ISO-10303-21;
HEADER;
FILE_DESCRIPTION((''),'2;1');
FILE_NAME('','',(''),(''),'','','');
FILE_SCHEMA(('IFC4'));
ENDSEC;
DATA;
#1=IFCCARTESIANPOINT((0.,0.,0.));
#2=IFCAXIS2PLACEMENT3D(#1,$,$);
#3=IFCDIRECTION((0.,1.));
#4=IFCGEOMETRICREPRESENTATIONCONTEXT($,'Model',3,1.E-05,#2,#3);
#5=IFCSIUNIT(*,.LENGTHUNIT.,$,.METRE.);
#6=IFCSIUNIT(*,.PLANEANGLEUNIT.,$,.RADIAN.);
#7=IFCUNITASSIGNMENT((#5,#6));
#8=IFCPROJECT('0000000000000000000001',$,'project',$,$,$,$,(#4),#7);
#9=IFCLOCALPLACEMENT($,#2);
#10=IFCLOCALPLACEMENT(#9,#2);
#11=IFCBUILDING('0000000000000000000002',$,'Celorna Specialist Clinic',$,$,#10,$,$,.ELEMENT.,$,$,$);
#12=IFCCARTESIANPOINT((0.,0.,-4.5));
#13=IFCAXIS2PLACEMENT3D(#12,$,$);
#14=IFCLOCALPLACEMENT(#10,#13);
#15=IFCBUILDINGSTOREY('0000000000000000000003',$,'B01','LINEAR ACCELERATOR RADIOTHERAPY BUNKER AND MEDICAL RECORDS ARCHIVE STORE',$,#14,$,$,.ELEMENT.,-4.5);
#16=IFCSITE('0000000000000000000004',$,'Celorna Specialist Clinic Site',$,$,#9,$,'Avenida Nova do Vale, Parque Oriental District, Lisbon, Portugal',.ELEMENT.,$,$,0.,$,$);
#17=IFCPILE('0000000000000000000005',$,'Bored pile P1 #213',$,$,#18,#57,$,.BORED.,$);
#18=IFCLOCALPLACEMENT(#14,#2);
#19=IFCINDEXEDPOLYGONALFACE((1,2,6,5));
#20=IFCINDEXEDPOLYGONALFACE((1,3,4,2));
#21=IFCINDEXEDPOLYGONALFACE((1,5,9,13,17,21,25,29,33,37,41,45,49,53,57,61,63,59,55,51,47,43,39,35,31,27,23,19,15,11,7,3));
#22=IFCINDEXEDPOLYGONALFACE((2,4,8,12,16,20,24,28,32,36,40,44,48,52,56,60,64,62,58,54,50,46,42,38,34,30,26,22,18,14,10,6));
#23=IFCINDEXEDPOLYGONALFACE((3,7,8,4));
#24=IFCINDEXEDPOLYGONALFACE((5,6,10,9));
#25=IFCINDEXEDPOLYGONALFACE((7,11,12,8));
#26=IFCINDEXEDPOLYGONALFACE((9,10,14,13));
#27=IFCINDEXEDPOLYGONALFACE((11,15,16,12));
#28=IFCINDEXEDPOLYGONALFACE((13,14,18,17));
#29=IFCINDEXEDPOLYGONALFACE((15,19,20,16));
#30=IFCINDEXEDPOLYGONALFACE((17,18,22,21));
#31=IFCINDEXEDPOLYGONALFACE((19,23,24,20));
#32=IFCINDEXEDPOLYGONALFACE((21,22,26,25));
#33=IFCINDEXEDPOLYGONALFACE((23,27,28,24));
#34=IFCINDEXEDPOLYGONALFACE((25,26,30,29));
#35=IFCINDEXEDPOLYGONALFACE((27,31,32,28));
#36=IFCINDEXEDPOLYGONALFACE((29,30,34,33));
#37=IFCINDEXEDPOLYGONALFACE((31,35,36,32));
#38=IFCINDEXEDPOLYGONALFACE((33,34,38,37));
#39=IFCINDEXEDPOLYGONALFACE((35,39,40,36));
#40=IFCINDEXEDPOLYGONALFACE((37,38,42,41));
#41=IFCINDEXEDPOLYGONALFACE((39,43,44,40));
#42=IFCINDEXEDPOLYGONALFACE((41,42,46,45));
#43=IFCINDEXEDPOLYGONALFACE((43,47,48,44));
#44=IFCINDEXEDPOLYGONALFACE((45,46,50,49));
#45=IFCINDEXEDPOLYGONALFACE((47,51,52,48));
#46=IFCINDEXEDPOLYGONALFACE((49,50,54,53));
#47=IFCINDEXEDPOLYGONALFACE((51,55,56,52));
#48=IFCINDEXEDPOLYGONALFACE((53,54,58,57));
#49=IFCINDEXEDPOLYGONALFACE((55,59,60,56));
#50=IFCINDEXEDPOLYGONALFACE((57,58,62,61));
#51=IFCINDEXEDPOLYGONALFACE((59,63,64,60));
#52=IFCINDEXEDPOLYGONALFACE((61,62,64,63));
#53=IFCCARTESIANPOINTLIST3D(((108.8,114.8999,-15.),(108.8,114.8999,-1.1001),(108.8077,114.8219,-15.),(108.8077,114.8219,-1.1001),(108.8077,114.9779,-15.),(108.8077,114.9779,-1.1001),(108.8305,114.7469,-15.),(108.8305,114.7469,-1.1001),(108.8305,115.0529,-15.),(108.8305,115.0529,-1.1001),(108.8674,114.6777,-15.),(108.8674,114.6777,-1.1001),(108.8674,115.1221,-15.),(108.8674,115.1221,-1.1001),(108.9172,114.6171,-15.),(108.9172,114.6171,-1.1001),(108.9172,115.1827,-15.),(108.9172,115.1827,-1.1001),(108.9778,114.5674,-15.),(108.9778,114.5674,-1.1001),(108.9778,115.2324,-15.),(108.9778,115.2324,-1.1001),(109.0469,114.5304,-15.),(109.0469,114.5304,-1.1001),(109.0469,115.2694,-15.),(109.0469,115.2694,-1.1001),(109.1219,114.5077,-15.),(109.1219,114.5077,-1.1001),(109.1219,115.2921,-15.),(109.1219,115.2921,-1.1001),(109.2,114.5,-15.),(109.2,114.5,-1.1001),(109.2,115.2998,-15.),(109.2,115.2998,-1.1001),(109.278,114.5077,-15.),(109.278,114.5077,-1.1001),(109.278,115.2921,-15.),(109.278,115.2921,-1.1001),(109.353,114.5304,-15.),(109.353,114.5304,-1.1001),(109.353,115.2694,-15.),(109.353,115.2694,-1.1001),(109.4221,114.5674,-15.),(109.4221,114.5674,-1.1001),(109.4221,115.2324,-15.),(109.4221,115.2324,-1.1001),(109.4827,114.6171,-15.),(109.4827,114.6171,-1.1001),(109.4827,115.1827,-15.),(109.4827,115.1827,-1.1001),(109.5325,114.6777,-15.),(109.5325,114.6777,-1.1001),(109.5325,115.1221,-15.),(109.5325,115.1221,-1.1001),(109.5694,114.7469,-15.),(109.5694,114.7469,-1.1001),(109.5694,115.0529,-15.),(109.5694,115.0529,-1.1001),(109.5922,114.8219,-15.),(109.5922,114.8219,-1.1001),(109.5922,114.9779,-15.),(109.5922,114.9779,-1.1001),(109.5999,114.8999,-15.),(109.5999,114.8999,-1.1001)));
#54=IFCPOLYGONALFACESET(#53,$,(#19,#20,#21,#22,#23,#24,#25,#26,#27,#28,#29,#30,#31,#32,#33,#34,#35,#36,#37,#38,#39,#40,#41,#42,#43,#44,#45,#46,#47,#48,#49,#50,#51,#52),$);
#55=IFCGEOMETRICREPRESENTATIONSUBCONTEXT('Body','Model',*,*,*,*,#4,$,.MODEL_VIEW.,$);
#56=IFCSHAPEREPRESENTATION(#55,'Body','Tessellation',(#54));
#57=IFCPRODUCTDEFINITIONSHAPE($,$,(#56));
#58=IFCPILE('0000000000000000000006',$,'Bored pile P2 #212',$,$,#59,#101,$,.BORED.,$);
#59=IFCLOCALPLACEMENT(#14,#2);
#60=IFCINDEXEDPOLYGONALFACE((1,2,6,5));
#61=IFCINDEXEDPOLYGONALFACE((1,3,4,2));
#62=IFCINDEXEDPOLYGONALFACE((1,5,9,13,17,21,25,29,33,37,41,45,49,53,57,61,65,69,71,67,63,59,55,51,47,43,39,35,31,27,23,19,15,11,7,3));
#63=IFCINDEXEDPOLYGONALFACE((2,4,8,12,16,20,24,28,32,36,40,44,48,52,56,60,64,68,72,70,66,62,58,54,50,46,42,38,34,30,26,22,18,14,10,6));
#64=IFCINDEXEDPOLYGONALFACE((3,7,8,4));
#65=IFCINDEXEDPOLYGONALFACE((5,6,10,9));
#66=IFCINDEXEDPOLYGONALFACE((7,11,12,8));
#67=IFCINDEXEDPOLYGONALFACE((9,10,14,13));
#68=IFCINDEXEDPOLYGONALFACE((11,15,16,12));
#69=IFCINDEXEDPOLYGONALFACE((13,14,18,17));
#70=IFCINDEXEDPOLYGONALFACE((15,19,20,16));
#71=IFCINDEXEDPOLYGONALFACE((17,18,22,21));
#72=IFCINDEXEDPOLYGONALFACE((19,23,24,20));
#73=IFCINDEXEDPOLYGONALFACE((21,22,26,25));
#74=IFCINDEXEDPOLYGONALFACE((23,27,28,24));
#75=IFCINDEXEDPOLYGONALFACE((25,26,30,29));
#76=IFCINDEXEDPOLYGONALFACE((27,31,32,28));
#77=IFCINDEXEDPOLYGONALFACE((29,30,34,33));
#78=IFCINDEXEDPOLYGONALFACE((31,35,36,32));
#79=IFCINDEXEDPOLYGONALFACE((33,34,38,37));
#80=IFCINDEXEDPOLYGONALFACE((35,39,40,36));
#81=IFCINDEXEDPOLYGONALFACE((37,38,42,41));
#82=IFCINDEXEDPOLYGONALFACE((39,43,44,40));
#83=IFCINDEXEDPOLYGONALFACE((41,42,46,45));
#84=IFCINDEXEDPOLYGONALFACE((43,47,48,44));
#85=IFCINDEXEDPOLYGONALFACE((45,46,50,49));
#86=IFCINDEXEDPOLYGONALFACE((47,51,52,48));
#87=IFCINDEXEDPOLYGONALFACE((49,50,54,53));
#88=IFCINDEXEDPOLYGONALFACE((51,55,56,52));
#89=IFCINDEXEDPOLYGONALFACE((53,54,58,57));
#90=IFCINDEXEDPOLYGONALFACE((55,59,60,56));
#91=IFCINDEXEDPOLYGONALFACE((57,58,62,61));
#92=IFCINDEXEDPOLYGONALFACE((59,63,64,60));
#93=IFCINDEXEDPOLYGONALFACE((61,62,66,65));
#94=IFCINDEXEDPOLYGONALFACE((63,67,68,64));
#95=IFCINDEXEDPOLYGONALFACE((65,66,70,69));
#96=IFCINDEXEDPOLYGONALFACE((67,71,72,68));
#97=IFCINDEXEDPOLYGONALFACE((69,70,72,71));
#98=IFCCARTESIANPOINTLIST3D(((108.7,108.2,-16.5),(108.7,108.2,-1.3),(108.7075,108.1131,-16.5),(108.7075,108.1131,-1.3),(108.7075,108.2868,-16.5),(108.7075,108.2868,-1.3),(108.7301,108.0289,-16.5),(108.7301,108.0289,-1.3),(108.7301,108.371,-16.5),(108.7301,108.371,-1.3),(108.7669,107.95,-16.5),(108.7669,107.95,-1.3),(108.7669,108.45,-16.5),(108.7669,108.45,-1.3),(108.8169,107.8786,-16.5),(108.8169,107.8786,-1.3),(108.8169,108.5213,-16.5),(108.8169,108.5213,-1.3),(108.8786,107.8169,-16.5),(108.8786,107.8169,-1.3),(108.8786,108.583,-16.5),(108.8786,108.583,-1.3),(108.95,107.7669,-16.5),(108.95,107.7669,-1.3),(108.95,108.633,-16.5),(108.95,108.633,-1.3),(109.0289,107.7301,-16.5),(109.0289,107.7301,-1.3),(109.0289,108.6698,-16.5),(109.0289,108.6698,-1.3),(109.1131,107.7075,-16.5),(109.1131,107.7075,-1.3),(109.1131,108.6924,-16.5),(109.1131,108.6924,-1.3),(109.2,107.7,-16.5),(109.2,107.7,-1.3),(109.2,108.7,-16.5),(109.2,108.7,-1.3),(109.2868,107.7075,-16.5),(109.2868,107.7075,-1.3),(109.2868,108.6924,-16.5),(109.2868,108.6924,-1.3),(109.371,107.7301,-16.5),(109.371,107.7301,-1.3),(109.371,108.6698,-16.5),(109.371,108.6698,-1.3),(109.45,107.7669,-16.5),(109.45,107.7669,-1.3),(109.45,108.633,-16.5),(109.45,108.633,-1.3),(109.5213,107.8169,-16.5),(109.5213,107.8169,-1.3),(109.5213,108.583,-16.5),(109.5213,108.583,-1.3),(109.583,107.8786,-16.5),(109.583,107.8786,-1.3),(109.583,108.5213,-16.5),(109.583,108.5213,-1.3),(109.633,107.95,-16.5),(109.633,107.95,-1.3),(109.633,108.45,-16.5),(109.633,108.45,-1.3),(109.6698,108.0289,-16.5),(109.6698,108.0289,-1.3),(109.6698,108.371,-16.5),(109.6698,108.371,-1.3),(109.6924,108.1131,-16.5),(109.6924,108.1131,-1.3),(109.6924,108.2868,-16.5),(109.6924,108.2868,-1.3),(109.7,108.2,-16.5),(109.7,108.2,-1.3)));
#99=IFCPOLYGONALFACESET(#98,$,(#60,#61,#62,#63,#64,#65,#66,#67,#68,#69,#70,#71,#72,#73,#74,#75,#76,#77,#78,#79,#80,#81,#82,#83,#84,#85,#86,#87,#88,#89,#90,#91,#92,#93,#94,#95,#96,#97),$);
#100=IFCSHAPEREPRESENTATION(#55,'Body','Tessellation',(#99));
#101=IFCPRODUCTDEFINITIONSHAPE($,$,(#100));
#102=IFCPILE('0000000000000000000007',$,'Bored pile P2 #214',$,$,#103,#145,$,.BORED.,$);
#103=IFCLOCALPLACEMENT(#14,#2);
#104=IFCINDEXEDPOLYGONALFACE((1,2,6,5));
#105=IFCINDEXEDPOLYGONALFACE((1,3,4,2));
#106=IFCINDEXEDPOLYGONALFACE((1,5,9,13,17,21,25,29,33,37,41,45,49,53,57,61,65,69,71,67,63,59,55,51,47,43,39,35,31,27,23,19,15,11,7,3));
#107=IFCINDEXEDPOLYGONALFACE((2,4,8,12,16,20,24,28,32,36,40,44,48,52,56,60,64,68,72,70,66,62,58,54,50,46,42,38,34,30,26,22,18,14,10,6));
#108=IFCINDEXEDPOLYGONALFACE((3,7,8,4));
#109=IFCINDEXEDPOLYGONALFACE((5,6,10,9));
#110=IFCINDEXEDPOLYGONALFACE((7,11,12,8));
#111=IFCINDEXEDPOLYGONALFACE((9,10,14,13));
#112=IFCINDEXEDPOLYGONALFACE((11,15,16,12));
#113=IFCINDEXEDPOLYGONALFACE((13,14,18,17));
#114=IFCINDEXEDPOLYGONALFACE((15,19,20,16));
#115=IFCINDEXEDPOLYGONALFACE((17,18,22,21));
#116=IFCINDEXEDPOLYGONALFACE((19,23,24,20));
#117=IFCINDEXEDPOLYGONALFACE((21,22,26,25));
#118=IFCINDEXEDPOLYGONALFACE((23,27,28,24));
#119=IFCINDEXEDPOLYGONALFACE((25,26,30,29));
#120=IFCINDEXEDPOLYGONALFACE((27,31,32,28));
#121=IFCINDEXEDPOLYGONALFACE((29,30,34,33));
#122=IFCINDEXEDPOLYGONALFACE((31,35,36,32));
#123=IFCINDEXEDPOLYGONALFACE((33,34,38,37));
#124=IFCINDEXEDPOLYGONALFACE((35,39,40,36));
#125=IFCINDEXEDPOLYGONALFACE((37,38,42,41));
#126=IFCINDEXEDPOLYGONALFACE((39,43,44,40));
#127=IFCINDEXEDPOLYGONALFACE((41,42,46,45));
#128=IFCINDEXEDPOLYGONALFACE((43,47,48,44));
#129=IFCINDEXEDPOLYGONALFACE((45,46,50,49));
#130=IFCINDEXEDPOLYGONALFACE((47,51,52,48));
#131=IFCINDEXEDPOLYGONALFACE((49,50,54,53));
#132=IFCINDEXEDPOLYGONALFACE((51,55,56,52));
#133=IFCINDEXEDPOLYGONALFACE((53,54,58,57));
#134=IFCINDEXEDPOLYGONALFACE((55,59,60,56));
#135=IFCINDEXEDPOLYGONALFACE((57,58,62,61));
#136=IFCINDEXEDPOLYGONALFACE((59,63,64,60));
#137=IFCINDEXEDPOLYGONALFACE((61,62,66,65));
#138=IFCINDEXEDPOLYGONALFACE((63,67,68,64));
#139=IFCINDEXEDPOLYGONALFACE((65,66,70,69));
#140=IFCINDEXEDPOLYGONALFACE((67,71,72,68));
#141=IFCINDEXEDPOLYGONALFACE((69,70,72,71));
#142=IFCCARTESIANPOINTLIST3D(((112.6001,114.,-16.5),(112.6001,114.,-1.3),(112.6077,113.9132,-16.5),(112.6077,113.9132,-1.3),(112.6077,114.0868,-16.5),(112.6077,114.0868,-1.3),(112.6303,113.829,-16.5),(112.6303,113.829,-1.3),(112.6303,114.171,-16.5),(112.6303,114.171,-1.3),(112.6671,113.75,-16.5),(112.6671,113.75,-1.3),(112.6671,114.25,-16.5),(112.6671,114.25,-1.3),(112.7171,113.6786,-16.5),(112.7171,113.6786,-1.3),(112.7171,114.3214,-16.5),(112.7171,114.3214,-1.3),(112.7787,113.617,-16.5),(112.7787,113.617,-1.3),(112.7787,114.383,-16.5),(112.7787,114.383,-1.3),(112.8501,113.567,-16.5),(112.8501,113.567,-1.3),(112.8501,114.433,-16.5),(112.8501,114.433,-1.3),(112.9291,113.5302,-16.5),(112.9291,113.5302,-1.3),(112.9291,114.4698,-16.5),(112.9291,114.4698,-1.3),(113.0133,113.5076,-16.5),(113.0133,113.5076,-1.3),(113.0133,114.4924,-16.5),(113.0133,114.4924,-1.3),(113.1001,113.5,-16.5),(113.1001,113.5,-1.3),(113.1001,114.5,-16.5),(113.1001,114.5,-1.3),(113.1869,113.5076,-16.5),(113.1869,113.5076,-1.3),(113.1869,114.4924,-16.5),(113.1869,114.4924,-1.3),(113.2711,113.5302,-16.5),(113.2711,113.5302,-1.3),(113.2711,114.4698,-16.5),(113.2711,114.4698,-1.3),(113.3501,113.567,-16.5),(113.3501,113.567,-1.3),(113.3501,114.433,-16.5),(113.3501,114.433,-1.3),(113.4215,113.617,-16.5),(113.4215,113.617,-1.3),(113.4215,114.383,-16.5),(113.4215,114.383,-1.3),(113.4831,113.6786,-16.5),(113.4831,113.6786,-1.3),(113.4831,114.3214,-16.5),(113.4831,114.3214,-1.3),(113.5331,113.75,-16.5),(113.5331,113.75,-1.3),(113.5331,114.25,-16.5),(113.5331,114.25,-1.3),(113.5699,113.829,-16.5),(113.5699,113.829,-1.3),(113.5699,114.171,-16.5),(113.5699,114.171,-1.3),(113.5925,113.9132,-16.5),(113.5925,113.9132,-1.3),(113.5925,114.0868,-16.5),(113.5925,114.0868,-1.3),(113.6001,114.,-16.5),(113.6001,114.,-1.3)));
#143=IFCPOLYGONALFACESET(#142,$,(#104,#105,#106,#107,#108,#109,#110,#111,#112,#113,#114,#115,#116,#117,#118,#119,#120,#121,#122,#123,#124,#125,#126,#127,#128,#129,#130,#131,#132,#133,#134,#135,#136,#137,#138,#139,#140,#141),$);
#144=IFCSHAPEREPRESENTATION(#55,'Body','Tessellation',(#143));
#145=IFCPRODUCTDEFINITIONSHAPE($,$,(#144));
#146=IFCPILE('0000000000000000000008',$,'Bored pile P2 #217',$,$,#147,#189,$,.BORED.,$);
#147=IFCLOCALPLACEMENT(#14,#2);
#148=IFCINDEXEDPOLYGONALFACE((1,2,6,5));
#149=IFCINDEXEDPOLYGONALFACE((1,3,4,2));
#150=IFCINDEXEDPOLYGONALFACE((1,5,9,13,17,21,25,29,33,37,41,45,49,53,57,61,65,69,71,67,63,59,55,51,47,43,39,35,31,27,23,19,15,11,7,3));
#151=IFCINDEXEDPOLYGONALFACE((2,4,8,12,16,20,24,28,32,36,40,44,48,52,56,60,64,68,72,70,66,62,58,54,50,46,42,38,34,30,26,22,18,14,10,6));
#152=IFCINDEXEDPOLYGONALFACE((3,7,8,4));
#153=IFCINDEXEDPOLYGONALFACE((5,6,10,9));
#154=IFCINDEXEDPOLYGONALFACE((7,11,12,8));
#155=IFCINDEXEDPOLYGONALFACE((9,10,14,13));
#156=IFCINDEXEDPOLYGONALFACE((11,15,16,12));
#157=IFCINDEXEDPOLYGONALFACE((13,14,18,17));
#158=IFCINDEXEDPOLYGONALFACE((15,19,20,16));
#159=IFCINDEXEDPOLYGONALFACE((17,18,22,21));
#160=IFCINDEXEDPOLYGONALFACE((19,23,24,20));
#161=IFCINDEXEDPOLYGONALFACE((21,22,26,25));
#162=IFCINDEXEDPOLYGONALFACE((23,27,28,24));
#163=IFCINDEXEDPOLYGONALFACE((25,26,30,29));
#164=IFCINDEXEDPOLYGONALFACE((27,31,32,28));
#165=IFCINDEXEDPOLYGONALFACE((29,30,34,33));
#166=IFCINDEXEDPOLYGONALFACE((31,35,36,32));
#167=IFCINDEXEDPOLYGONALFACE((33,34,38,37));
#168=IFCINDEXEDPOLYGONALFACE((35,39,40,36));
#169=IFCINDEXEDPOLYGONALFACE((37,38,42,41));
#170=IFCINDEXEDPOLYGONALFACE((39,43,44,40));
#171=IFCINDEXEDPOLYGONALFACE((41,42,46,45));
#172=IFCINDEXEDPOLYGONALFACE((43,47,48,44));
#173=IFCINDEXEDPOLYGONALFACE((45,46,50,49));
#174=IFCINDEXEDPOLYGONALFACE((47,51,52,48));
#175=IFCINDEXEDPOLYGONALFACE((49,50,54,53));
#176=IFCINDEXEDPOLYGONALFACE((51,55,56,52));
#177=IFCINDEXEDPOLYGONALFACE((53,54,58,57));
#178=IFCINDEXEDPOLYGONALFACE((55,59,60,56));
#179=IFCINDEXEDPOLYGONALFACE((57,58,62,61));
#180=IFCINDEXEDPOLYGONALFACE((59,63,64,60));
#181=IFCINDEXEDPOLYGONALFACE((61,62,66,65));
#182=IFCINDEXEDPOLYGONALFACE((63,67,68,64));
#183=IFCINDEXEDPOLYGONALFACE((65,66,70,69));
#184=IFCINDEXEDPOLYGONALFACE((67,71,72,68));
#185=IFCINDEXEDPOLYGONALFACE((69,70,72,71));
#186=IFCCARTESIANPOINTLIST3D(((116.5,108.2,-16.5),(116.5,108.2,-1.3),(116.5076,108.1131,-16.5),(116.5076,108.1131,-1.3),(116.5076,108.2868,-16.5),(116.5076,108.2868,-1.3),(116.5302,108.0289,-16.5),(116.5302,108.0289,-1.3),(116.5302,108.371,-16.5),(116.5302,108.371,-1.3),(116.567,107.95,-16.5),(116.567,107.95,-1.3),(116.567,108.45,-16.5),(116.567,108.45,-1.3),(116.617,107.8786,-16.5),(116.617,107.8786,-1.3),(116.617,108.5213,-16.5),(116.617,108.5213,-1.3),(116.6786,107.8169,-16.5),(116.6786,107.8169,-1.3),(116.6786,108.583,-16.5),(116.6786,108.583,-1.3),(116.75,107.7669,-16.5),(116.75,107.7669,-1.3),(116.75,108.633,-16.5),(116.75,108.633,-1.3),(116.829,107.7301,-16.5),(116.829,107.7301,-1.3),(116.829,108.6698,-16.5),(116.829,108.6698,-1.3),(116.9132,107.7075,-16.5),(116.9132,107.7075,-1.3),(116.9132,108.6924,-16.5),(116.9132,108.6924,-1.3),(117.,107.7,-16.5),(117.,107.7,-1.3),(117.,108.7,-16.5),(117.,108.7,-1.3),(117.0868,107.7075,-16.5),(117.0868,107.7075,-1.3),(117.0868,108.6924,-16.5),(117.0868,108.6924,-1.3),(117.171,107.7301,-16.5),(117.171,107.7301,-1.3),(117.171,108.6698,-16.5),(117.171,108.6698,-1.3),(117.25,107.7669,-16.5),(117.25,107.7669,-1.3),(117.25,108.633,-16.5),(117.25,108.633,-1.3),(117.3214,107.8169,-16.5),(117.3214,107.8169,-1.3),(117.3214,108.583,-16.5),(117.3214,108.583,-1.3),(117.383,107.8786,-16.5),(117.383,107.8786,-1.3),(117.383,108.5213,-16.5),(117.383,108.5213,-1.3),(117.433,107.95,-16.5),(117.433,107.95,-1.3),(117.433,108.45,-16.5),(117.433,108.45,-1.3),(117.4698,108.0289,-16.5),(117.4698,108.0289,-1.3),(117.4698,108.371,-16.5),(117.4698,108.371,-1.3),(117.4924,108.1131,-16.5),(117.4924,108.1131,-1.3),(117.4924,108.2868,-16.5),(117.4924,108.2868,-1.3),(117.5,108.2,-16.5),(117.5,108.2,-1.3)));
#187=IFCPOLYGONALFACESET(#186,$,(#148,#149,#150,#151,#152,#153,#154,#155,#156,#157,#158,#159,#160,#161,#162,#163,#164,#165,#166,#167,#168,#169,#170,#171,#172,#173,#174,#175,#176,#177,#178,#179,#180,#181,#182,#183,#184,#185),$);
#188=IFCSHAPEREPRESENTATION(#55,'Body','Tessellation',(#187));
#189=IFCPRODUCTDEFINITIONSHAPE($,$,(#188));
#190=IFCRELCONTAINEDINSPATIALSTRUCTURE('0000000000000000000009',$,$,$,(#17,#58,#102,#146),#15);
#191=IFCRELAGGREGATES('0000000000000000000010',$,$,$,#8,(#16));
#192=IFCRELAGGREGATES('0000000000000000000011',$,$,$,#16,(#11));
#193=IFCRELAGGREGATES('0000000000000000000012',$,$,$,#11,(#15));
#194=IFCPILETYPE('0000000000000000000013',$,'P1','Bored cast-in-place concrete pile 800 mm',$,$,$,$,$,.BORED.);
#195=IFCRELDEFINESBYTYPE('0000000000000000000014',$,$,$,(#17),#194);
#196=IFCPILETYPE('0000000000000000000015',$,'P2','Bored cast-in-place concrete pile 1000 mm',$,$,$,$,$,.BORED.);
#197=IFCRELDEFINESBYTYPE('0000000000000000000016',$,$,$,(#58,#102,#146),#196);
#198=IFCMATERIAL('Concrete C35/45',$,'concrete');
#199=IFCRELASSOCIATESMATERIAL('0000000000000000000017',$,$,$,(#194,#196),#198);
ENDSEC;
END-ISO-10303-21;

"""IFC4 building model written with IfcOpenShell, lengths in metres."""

from ifc_helpers import new_model, si_unit, direction, frame, origin, origin_2d, place, context, subcontext, project, spatial, circle, extrude, material, material_profile, profile_set, type_object, element, save


model = new_model("IFC4")

# Units and contexts
model_context = context("Model", 3, precision=1e-05, world=origin(), true_north=direction((0.0, 1.0)))
body_context = subcontext(model_context, "Body", "Model", "MODEL_VIEW")
ifc_project = project(units=[si_unit("LENGTHUNIT", "METRE"), si_unit("PLANEANGLEUNIT", "RADIAN")], contexts=[model_context])

# Site, building, storey
site_placement = place(None, origin())
site = spatial("IfcSite", under=ifc_project, at=site_placement, Name="Celorna Specialist Clinic Site", LongName="Avenida Nova do Vale, Parque Oriental District, Lisbon, Portugal", CompositionType="ELEMENT", RefElevation=0.0)
building_placement = place(site_placement, origin())
building = spatial("IfcBuilding", under=site, at=building_placement, Name="Celorna Specialist Clinic", CompositionType="ELEMENT")
storey_placement = place(building_placement, frame((0.0, 0.0, -4.5)))
storey = spatial("IfcBuildingStorey", under=building, at=storey_placement, Name="B01", Description="LINEAR ACCELERATOR RADIOTHERAPY BUNKER AND MEDICAL RECORDS ARCHIVE STORE", CompositionType="ELEMENT", Elevation=-4.5)

# Piles
ifc_material_1 = material(Name="Concrete C35/45", Category="concrete")
ifc_material_profile_1 = material_profile(ifc_material_1, circle(Radius=0.3999, at=origin_2d()), Name="BORED PILE 800")
ifc_profile_set_1 = profile_set([ifc_material_profile_1], Name="Concrete C35/45")
pile_type_1 = type_object("IfcPileType", Name="P1", Description="Bored cast-in-place concrete pile 800 mm", PredefinedType="BORED", material=ifc_profile_set_1)
pile_placement = place(storey_placement, frame((109.2, 114.8999, -1.1001), z_axis=(0.0, 0.0, -1.0), x_axis=(1.0, 0.0, 0.0)))
element("IfcPile", 1, at=pile_placement, inside=storey, type_object=pile_type_1, Name="Bored pile P1 #213", PredefinedType="BORED", context=body_context, shape_type="SweptSolid", body=[
    extrude(circle(Radius=0.3999, at=origin_2d()), origin(), (0.0, 0.0, 1.0), 13.8999),
])
ifc_material_profile_2 = material_profile(ifc_material_1, circle(Radius=0.5, at=origin_2d()), Name="BORED PILE 1000")
ifc_profile_set_2 = profile_set([ifc_material_profile_2], Name="Concrete C35/45")
pile_type_2 = type_object("IfcPileType", Name="P2", Description="Bored cast-in-place concrete pile 1000 mm", PredefinedType="BORED", material=ifc_profile_set_2)
for number, where, z_axis, x_axis, name in (
    (2, (109.2, 108.2, -1.3), (0.0, 0.0, -1.0), (1.0, 0.0, 0.0), "Bored pile P2 #212"),
    (3, (113.1001, 114.0, -1.3), (0.0, 0.0, -1.0), (1.0, 0.0, 0.0), "Bored pile P2 #214"),
    (4, (117.0, 108.2, -1.3), (0.0, 0.0, -1.0), (1.0, 0.0, 0.0), "Bored pile P2 #217"),
):
    element("IfcPile", number, at=place(storey_placement, frame(where, z_axis=z_axis, x_axis=x_axis)), inside=storey, type_object=pile_type_2, Name=name, PredefinedType="BORED", context=body_context, shape_type="SweptSolid", body=[
        extrude(circle(Radius=0.5, at=origin_2d()), origin(), (0.0, 0.0, 1.0), 15.2),
    ])

save(model, "model.ifc")
